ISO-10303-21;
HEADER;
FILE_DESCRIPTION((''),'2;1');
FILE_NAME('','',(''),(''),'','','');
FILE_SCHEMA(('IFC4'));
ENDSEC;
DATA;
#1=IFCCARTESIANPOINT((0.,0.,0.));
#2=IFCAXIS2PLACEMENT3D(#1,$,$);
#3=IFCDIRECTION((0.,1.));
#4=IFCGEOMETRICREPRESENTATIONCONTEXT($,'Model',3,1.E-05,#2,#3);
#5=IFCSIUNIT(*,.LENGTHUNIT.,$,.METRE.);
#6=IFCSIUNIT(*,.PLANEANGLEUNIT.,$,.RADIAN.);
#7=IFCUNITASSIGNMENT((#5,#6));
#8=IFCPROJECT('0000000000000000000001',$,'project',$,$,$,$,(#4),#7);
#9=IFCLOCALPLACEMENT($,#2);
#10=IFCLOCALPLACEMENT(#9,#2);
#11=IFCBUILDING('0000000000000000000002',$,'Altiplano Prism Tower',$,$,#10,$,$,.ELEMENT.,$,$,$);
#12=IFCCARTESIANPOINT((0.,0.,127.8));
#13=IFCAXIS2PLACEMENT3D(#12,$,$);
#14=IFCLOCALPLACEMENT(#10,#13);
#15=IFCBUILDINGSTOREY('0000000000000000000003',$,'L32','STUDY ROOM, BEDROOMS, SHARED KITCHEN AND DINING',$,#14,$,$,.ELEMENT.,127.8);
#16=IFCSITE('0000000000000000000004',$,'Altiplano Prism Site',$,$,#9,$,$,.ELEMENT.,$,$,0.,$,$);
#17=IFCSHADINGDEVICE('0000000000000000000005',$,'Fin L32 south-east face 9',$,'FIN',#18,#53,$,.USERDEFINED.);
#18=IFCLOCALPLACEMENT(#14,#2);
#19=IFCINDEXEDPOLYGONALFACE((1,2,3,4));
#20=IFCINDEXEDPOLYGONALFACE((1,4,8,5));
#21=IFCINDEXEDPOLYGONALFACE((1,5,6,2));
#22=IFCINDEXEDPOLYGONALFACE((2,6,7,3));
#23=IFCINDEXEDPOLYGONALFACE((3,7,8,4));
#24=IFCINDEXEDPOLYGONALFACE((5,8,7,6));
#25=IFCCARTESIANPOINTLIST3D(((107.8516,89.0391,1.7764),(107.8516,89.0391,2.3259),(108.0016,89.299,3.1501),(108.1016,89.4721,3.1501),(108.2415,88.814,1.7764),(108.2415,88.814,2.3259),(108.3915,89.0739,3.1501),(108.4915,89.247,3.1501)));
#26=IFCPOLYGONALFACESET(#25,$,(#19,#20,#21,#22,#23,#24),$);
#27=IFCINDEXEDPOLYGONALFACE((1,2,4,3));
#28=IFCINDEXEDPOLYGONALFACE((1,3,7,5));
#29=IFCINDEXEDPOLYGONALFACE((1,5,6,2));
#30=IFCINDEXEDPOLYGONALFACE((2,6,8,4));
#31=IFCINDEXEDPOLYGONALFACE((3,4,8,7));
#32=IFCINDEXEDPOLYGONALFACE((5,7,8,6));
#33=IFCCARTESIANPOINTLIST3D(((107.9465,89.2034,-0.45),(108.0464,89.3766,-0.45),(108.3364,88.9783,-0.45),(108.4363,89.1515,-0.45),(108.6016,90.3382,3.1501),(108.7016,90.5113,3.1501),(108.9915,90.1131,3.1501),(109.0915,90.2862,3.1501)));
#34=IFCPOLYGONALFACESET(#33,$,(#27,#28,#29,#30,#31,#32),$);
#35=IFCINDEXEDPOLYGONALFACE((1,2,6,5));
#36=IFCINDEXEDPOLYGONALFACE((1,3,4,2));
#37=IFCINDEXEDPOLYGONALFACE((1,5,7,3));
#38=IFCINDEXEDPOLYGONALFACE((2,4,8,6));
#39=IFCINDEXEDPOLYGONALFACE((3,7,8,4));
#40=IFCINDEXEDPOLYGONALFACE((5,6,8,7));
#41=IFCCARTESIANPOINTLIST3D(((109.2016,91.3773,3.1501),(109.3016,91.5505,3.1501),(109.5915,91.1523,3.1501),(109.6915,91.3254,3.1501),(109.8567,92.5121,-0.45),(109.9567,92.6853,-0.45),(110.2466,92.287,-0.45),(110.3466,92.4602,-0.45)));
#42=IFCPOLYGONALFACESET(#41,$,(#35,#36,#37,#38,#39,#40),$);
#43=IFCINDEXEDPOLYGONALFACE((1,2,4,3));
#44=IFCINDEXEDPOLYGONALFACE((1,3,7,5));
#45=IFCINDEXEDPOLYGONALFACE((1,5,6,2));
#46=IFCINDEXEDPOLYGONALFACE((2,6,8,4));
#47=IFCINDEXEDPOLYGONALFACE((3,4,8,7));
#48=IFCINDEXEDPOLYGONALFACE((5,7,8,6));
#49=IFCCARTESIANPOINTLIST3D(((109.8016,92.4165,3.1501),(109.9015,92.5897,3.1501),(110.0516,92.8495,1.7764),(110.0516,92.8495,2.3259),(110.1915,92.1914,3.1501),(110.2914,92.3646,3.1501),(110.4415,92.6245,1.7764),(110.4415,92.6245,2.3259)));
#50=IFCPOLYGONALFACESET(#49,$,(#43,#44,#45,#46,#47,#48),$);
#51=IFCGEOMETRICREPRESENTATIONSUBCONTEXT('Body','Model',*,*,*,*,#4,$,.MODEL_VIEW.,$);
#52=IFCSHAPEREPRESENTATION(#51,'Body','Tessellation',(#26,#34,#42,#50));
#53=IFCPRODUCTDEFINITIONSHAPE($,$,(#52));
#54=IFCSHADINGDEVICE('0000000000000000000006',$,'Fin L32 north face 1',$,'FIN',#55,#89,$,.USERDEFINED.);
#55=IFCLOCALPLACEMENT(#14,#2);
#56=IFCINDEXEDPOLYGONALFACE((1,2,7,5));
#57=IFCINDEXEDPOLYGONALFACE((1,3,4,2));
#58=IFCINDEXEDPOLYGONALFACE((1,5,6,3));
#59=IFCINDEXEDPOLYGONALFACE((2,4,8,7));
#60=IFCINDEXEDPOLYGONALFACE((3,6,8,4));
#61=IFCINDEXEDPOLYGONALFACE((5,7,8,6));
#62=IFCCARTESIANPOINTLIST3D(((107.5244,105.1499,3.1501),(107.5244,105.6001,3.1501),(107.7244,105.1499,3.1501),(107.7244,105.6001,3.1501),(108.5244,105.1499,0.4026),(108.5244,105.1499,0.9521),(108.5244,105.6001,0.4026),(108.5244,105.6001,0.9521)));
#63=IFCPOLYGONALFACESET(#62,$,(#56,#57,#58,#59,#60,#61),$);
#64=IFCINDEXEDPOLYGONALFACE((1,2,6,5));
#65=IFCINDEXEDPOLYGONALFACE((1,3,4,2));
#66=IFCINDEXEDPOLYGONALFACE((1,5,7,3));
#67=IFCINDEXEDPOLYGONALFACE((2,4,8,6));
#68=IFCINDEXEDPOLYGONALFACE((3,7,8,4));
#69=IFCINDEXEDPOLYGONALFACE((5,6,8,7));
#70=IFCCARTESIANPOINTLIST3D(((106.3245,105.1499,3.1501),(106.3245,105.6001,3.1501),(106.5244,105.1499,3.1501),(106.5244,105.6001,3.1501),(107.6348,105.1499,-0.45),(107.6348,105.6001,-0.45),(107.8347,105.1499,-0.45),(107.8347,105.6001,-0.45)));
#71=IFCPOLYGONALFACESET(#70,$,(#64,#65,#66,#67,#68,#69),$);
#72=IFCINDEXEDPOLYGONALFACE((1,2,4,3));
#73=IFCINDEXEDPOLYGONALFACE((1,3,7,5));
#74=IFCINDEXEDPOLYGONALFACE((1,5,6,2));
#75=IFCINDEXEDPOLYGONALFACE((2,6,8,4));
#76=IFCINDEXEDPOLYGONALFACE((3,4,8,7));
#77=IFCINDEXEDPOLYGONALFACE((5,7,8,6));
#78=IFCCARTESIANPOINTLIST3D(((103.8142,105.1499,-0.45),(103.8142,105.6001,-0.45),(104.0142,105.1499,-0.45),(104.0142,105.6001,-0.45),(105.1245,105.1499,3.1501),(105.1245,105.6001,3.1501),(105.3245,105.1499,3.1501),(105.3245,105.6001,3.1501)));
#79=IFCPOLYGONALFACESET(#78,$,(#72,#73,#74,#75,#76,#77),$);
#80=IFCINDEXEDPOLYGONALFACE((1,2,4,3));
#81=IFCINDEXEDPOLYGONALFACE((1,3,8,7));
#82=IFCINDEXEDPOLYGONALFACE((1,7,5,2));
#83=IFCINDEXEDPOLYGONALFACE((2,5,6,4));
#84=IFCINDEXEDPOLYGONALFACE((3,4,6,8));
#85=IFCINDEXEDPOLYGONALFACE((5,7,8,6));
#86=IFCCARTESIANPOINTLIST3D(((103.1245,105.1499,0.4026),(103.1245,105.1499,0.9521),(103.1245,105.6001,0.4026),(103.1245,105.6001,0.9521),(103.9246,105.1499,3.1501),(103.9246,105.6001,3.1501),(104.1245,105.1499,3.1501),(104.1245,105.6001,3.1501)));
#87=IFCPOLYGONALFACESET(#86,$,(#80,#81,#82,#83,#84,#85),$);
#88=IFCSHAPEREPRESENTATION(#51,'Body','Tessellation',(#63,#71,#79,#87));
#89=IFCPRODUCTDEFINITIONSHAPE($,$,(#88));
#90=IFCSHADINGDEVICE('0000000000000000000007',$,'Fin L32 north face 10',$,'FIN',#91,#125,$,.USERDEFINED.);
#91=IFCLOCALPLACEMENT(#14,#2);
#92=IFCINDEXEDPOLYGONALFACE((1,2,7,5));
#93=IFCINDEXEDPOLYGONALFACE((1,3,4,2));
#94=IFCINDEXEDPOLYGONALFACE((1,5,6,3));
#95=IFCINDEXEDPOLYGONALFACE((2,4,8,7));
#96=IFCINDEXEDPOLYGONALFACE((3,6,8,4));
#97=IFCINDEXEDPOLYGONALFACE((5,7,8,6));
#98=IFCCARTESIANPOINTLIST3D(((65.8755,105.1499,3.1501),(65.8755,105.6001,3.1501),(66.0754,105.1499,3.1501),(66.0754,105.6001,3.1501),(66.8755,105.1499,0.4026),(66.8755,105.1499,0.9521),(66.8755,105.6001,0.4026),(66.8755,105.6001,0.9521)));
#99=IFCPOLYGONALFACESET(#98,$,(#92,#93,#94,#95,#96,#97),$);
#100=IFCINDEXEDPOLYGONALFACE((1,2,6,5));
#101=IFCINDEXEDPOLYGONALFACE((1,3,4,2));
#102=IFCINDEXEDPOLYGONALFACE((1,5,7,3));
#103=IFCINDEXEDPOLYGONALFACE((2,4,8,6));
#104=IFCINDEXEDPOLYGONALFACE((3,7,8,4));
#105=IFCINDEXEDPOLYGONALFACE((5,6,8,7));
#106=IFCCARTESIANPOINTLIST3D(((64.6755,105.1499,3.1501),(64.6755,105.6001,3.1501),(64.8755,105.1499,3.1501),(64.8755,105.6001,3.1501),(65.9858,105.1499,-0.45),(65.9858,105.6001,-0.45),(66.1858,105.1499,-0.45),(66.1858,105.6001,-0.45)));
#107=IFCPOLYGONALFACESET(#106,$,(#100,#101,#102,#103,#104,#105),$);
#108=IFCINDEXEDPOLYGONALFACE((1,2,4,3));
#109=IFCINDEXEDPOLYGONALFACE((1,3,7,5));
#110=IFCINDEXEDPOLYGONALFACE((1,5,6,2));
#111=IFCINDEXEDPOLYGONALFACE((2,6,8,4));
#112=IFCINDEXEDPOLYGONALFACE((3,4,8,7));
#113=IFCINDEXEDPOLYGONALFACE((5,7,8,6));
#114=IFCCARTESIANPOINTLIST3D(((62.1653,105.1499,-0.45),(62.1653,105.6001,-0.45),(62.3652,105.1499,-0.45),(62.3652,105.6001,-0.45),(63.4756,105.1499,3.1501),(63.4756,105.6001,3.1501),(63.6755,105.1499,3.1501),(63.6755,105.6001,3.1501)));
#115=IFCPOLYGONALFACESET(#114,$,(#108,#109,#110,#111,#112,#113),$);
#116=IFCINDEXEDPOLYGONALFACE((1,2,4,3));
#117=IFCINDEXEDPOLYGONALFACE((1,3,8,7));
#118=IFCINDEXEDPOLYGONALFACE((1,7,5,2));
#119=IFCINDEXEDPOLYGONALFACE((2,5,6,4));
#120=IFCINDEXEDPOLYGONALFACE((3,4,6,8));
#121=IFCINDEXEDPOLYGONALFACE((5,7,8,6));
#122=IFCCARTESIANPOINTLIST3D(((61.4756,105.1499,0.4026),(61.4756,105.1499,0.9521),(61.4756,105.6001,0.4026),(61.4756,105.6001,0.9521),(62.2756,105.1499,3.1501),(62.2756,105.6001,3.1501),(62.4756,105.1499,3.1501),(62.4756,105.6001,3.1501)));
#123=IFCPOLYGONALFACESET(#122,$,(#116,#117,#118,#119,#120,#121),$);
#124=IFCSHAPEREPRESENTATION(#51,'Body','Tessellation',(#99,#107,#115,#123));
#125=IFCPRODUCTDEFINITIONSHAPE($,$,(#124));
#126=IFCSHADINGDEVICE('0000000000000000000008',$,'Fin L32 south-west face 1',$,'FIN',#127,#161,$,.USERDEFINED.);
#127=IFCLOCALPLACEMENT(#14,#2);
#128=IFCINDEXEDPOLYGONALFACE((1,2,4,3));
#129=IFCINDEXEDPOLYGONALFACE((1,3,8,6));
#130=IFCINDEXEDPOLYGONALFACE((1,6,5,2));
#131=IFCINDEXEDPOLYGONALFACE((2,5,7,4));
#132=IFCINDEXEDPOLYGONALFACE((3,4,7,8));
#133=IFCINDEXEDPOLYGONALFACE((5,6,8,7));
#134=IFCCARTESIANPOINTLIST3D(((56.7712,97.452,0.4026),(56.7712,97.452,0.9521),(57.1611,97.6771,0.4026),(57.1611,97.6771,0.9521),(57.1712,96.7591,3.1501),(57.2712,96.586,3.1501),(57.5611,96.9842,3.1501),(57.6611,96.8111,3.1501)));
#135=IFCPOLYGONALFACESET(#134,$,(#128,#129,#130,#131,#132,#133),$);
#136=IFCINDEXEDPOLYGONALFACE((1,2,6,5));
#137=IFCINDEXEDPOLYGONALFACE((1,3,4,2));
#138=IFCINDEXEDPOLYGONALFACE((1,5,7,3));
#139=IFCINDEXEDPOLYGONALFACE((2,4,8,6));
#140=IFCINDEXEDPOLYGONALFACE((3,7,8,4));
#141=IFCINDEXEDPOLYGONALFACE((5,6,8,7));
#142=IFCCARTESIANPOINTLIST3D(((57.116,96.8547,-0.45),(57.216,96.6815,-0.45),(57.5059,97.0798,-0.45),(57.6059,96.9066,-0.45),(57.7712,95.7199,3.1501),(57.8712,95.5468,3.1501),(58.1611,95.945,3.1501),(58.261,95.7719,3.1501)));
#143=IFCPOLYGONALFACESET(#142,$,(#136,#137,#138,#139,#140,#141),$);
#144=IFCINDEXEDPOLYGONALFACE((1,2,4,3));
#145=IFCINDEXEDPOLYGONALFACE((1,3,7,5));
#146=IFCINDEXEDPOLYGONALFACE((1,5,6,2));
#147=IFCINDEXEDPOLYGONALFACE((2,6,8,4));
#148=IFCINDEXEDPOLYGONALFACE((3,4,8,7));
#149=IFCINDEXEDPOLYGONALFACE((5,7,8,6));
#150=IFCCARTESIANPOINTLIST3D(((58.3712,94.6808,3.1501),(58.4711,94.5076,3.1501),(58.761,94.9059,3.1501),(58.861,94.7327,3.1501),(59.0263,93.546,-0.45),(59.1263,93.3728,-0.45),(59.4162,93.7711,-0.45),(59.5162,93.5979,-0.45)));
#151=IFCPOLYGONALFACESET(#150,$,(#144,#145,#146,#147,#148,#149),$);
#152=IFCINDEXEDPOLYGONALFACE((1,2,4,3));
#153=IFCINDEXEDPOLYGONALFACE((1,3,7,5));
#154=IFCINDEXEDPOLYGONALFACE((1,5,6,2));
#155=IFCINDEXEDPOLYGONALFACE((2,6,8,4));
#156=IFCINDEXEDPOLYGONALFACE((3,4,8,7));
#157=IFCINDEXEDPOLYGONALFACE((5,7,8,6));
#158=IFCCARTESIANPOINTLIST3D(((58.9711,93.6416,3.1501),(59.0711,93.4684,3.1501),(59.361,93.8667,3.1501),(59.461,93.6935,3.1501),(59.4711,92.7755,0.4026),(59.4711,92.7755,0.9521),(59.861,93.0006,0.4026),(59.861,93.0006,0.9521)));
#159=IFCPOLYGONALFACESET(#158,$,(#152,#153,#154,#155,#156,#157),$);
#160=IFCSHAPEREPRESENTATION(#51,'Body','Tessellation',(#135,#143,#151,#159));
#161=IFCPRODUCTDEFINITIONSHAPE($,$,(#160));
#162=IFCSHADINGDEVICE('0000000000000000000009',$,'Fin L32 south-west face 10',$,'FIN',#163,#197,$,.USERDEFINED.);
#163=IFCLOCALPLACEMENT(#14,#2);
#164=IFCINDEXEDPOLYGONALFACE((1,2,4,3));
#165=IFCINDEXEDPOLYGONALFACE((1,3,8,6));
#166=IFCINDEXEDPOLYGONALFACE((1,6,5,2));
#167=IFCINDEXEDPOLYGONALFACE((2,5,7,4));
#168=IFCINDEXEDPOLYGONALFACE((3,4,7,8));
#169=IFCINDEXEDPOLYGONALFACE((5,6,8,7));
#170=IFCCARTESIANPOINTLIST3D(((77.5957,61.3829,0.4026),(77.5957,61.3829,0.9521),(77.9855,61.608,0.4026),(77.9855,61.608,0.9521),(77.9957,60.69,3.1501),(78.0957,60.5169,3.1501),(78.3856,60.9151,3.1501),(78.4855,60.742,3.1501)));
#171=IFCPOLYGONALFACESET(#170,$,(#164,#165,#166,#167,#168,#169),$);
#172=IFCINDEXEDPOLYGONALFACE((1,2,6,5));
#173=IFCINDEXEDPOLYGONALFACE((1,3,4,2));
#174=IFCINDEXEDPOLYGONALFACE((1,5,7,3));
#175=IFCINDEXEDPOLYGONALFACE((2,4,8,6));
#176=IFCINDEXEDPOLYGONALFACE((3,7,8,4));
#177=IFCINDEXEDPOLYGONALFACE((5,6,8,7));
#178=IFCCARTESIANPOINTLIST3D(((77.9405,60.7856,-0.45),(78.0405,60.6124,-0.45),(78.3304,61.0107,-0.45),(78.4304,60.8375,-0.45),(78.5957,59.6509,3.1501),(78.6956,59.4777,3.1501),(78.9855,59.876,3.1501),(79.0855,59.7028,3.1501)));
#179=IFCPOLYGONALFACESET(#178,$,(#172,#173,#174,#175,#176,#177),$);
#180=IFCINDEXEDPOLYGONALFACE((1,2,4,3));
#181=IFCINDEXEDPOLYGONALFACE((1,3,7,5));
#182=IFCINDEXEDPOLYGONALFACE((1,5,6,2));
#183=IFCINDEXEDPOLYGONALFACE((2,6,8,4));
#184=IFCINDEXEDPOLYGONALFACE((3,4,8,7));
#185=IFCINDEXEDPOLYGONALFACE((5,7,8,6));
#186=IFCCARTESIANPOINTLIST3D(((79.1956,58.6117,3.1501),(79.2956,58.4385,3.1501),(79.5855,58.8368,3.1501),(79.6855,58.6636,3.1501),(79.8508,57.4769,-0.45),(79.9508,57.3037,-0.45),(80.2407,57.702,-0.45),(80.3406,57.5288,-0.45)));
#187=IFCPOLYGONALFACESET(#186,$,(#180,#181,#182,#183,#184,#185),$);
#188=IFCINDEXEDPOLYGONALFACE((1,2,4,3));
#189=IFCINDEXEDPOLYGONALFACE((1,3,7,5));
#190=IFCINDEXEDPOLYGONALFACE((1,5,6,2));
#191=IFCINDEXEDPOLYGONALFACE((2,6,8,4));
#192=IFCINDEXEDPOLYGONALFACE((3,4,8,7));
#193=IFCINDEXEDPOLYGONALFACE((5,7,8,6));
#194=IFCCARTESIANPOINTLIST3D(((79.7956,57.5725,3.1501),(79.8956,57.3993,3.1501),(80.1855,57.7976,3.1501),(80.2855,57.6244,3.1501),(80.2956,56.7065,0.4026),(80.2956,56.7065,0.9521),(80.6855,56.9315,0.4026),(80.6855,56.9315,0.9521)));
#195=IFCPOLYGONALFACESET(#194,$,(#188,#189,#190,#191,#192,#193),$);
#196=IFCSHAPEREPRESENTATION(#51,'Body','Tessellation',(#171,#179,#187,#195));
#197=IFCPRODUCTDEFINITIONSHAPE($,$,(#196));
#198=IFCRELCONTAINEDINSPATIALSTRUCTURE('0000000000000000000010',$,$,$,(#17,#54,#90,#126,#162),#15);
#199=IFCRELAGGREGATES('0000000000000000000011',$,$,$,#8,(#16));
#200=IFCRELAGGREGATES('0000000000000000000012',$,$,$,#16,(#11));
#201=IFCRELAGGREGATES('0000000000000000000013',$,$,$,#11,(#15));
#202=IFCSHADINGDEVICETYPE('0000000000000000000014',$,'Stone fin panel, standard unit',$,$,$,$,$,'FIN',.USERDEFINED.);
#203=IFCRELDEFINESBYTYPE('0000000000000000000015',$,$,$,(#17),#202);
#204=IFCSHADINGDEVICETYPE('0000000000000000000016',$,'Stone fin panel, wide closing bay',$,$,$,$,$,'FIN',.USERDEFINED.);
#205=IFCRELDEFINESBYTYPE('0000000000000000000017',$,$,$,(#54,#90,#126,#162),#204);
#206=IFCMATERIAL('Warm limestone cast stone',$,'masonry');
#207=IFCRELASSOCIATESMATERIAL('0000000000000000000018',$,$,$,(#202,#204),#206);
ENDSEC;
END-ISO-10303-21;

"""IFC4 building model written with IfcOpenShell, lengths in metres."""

from ifc_helpers import new_model, si_unit, direction, frame, origin, place, context, subcontext, project, spatial, polyline, outline, extrude, source, transform, mapped, material, type_object, element, save


model = new_model("IFC4")

# Units and contexts
model_context = context("Model", 3, precision=1e-05, world=origin(), true_north=direction((0.0, 1.0)))
body_context = subcontext(model_context, "Body", "Model", "MODEL_VIEW")
ifc_project = project(units=[si_unit("LENGTHUNIT", "METRE"), si_unit("PLANEANGLEUNIT", "RADIAN")], contexts=[model_context])

# Site, building, storey
site_placement = place(None, origin())
site = spatial("IfcSite", under=ifc_project, at=site_placement, Name="Altiplano Prism Site", CompositionType="ELEMENT", RefElevation=0.0)
building_placement = place(site_placement, origin())
building = spatial("IfcBuilding", under=site, at=building_placement, Name="Altiplano Prism Tower", CompositionType="ELEMENT")
storey_placement = place(building_placement, frame((0.0, 0.0, 127.8)))
storey = spatial("IfcBuildingStorey", under=building, at=storey_placement, Name="L32", Description="STUDY ROOM, BEDROOMS, SHARED KITCHEN AND DINING", CompositionType="ELEMENT", Elevation=127.8)

# Shading devices
ifc_material_1 = material(Name="Warm limestone cast stone", Category="masonry")
shading_device_type_1 = type_object("IfcShadingDeviceType", Name="Stone fin panel, standard unit", ElementType="FIN", PredefinedType="USERDEFINED", material=ifc_material_1)
shared_shape_1 = source(origin(), body_context, "Body", "SweptSolid", [
    extrude(outline(polyline([(-2.2, 2.2263), (-1.7, 3.6001), (-1.8999, 3.6001), (-2.2, 2.7759), (-2.2, 2.2263)])), frame((0.0, -0.1499, 0.0), z_axis=(0.0, -1.0, 0.0), x_axis=(1.0, 0.0, 0.0)), (0.0, 0.0, 1.0), 0.4502),
    extrude(outline(polyline([(-2.0103, 0.0), (-1.8103, 0.0), (-0.5, 3.6001), (-0.7, 3.6001), (-2.0103, 0.0)])), frame((0.0, -0.1499, 0.0), z_axis=(0.0, -1.0, 0.0), x_axis=(1.0, 0.0, 0.0)), (0.0, 0.0, 1.0), 0.4502),
    extrude(outline(polyline([(1.8103, 0.0), (2.0103, 0.0), (0.7, 3.6001), (0.5, 3.6001), (1.8103, 0.0)])), frame((0.0, -0.1499, 0.0), z_axis=(0.0, -1.0, 0.0), x_axis=(1.0, 0.0, 0.0)), (0.0, 0.0, 1.0), 0.4502),
    extrude(outline(polyline([(2.2, 2.7759), (1.8999, 3.6001), (1.7, 3.6001), (2.2, 2.2263), (2.2, 2.7759)])), frame((0.0, -0.1499, 0.0), z_axis=(0.0, -1.0, 0.0), x_axis=(1.0, 0.0, 0.0)), (0.0, 0.0, 1.0), 0.4502),
])
shading_device_1_placement = place(storey_placement, origin())
element("IfcShadingDevice", 1, at=shading_device_1_placement, inside=storey, type_object=shading_device_type_1, Name="Fin L32 south-east face 9", ObjectType="FIN", PredefinedType="USERDEFINED", context=body_context, shape_type="MappedRepresentation", body=[
    mapped(shared_shape_1, transform((108.8218, 91.0193, -0.45), x_axis=(0.5, 0.866025, 0.0), y_axis=(-0.866025, 0.5, 0.0), z_axis=(0.0, 0.0, 1.0))),
])
shading_device_type_2 = type_object("IfcShadingDeviceType", Name="Stone fin panel, wide closing bay", ElementType="FIN", PredefinedType="USERDEFINED", material=ifc_material_1)
shared_shape_2 = source(origin(), body_context, "Body", "SweptSolid", [
    extrude(outline(polyline([(-2.7, 0.8525), (-1.7, 3.6001), (-1.8999, 3.6001), (-2.7, 1.4021), (-2.7, 0.8525)])), frame((0.0, -0.1499, 0.0), z_axis=(0.0, -1.0, 0.0), x_axis=(1.0, 0.0, 0.0)), (0.0, 0.0, 1.0), 0.4502),
    extrude(outline(polyline([(-2.0103, 0.0), (-1.8103, 0.0), (-0.5, 3.6001), (-0.7, 3.6001), (-2.0103, 0.0)])), frame((0.0, -0.1499, 0.0), z_axis=(0.0, -1.0, 0.0), x_axis=(1.0, 0.0, 0.0)), (0.0, 0.0, 1.0), 0.4502),
    extrude(outline(polyline([(1.8103, 0.0), (2.0103, 0.0), (0.7, 3.6001), (0.5, 3.6001), (1.8103, 0.0)])), frame((0.0, -0.1499, 0.0), z_axis=(0.0, -1.0, 0.0), x_axis=(1.0, 0.0, 0.0)), (0.0, 0.0, 1.0), 0.4502),
    extrude(outline(polyline([(2.7, 1.4021), (1.8999, 3.6001), (1.7, 3.6001), (2.7, 0.8525), (2.7, 1.4021)])), frame((0.0, -0.1499, 0.0), z_axis=(0.0, -1.0, 0.0), x_axis=(1.0, 0.0, 0.0)), (0.0, 0.0, 1.0), 0.4502),
])
shading_device_2_placement = place(storey_placement, origin())
element("IfcShadingDevice", 2, at=shading_device_2_placement, inside=storey, type_object=shading_device_type_2, Name="Fin L32 north face 1", ObjectType="FIN", PredefinedType="USERDEFINED", context=body_context, shape_type="MappedRepresentation", body=[
    mapped(shared_shape_2, transform((105.8245, 105.0, -0.45), x_axis=(-1.0, 0.0, 0.0), y_axis=(0.0, -1.0, 0.0), z_axis=(0.0, 0.0, 1.0))),
])
shading_device_3_placement = place(storey_placement, origin())
element("IfcShadingDevice", 3, at=shading_device_3_placement, inside=storey, type_object=shading_device_type_2, Name="Fin L32 north face 10", ObjectType="FIN", PredefinedType="USERDEFINED", context=body_context, shape_type="MappedRepresentation", body=[
    mapped(shared_shape_2, transform((64.1755, 105.0, -0.45), x_axis=(-1.0, 0.0, 0.0), y_axis=(0.0, -1.0, 0.0), z_axis=(0.0, 0.0, 1.0))),
])
shading_device_4_placement = place(storey_placement, origin())
element("IfcShadingDevice", 4, at=shading_device_4_placement, inside=storey, type_object=shading_device_type_2, Name="Fin L32 south-west face 1", ObjectType="FIN", PredefinedType="USERDEFINED", context=body_context, shape_type="MappedRepresentation", body=[
    mapped(shared_shape_2, transform((58.6409, 95.4138, -0.45), x_axis=(0.5, -0.866025, 0.0), y_axis=(0.866025, 0.5, 0.0), z_axis=(0.0, 0.0, 1.0))),
])
shading_device_5_placement = place(storey_placement, origin())
element("IfcShadingDevice", 5, at=shading_device_5_placement, inside=storey, type_object=shading_device_type_2, Name="Fin L32 south-west face 10", ObjectType="FIN", PredefinedType="USERDEFINED", context=body_context, shape_type="MappedRepresentation", body=[
    mapped(shared_shape_2, transform((79.4653, 59.3447, -0.45), x_axis=(0.5, -0.866025, 0.0), y_axis=(0.866025, 0.5, 0.0), z_axis=(0.0, 0.0, 1.0))),
])

save(model, "model.ifc")
